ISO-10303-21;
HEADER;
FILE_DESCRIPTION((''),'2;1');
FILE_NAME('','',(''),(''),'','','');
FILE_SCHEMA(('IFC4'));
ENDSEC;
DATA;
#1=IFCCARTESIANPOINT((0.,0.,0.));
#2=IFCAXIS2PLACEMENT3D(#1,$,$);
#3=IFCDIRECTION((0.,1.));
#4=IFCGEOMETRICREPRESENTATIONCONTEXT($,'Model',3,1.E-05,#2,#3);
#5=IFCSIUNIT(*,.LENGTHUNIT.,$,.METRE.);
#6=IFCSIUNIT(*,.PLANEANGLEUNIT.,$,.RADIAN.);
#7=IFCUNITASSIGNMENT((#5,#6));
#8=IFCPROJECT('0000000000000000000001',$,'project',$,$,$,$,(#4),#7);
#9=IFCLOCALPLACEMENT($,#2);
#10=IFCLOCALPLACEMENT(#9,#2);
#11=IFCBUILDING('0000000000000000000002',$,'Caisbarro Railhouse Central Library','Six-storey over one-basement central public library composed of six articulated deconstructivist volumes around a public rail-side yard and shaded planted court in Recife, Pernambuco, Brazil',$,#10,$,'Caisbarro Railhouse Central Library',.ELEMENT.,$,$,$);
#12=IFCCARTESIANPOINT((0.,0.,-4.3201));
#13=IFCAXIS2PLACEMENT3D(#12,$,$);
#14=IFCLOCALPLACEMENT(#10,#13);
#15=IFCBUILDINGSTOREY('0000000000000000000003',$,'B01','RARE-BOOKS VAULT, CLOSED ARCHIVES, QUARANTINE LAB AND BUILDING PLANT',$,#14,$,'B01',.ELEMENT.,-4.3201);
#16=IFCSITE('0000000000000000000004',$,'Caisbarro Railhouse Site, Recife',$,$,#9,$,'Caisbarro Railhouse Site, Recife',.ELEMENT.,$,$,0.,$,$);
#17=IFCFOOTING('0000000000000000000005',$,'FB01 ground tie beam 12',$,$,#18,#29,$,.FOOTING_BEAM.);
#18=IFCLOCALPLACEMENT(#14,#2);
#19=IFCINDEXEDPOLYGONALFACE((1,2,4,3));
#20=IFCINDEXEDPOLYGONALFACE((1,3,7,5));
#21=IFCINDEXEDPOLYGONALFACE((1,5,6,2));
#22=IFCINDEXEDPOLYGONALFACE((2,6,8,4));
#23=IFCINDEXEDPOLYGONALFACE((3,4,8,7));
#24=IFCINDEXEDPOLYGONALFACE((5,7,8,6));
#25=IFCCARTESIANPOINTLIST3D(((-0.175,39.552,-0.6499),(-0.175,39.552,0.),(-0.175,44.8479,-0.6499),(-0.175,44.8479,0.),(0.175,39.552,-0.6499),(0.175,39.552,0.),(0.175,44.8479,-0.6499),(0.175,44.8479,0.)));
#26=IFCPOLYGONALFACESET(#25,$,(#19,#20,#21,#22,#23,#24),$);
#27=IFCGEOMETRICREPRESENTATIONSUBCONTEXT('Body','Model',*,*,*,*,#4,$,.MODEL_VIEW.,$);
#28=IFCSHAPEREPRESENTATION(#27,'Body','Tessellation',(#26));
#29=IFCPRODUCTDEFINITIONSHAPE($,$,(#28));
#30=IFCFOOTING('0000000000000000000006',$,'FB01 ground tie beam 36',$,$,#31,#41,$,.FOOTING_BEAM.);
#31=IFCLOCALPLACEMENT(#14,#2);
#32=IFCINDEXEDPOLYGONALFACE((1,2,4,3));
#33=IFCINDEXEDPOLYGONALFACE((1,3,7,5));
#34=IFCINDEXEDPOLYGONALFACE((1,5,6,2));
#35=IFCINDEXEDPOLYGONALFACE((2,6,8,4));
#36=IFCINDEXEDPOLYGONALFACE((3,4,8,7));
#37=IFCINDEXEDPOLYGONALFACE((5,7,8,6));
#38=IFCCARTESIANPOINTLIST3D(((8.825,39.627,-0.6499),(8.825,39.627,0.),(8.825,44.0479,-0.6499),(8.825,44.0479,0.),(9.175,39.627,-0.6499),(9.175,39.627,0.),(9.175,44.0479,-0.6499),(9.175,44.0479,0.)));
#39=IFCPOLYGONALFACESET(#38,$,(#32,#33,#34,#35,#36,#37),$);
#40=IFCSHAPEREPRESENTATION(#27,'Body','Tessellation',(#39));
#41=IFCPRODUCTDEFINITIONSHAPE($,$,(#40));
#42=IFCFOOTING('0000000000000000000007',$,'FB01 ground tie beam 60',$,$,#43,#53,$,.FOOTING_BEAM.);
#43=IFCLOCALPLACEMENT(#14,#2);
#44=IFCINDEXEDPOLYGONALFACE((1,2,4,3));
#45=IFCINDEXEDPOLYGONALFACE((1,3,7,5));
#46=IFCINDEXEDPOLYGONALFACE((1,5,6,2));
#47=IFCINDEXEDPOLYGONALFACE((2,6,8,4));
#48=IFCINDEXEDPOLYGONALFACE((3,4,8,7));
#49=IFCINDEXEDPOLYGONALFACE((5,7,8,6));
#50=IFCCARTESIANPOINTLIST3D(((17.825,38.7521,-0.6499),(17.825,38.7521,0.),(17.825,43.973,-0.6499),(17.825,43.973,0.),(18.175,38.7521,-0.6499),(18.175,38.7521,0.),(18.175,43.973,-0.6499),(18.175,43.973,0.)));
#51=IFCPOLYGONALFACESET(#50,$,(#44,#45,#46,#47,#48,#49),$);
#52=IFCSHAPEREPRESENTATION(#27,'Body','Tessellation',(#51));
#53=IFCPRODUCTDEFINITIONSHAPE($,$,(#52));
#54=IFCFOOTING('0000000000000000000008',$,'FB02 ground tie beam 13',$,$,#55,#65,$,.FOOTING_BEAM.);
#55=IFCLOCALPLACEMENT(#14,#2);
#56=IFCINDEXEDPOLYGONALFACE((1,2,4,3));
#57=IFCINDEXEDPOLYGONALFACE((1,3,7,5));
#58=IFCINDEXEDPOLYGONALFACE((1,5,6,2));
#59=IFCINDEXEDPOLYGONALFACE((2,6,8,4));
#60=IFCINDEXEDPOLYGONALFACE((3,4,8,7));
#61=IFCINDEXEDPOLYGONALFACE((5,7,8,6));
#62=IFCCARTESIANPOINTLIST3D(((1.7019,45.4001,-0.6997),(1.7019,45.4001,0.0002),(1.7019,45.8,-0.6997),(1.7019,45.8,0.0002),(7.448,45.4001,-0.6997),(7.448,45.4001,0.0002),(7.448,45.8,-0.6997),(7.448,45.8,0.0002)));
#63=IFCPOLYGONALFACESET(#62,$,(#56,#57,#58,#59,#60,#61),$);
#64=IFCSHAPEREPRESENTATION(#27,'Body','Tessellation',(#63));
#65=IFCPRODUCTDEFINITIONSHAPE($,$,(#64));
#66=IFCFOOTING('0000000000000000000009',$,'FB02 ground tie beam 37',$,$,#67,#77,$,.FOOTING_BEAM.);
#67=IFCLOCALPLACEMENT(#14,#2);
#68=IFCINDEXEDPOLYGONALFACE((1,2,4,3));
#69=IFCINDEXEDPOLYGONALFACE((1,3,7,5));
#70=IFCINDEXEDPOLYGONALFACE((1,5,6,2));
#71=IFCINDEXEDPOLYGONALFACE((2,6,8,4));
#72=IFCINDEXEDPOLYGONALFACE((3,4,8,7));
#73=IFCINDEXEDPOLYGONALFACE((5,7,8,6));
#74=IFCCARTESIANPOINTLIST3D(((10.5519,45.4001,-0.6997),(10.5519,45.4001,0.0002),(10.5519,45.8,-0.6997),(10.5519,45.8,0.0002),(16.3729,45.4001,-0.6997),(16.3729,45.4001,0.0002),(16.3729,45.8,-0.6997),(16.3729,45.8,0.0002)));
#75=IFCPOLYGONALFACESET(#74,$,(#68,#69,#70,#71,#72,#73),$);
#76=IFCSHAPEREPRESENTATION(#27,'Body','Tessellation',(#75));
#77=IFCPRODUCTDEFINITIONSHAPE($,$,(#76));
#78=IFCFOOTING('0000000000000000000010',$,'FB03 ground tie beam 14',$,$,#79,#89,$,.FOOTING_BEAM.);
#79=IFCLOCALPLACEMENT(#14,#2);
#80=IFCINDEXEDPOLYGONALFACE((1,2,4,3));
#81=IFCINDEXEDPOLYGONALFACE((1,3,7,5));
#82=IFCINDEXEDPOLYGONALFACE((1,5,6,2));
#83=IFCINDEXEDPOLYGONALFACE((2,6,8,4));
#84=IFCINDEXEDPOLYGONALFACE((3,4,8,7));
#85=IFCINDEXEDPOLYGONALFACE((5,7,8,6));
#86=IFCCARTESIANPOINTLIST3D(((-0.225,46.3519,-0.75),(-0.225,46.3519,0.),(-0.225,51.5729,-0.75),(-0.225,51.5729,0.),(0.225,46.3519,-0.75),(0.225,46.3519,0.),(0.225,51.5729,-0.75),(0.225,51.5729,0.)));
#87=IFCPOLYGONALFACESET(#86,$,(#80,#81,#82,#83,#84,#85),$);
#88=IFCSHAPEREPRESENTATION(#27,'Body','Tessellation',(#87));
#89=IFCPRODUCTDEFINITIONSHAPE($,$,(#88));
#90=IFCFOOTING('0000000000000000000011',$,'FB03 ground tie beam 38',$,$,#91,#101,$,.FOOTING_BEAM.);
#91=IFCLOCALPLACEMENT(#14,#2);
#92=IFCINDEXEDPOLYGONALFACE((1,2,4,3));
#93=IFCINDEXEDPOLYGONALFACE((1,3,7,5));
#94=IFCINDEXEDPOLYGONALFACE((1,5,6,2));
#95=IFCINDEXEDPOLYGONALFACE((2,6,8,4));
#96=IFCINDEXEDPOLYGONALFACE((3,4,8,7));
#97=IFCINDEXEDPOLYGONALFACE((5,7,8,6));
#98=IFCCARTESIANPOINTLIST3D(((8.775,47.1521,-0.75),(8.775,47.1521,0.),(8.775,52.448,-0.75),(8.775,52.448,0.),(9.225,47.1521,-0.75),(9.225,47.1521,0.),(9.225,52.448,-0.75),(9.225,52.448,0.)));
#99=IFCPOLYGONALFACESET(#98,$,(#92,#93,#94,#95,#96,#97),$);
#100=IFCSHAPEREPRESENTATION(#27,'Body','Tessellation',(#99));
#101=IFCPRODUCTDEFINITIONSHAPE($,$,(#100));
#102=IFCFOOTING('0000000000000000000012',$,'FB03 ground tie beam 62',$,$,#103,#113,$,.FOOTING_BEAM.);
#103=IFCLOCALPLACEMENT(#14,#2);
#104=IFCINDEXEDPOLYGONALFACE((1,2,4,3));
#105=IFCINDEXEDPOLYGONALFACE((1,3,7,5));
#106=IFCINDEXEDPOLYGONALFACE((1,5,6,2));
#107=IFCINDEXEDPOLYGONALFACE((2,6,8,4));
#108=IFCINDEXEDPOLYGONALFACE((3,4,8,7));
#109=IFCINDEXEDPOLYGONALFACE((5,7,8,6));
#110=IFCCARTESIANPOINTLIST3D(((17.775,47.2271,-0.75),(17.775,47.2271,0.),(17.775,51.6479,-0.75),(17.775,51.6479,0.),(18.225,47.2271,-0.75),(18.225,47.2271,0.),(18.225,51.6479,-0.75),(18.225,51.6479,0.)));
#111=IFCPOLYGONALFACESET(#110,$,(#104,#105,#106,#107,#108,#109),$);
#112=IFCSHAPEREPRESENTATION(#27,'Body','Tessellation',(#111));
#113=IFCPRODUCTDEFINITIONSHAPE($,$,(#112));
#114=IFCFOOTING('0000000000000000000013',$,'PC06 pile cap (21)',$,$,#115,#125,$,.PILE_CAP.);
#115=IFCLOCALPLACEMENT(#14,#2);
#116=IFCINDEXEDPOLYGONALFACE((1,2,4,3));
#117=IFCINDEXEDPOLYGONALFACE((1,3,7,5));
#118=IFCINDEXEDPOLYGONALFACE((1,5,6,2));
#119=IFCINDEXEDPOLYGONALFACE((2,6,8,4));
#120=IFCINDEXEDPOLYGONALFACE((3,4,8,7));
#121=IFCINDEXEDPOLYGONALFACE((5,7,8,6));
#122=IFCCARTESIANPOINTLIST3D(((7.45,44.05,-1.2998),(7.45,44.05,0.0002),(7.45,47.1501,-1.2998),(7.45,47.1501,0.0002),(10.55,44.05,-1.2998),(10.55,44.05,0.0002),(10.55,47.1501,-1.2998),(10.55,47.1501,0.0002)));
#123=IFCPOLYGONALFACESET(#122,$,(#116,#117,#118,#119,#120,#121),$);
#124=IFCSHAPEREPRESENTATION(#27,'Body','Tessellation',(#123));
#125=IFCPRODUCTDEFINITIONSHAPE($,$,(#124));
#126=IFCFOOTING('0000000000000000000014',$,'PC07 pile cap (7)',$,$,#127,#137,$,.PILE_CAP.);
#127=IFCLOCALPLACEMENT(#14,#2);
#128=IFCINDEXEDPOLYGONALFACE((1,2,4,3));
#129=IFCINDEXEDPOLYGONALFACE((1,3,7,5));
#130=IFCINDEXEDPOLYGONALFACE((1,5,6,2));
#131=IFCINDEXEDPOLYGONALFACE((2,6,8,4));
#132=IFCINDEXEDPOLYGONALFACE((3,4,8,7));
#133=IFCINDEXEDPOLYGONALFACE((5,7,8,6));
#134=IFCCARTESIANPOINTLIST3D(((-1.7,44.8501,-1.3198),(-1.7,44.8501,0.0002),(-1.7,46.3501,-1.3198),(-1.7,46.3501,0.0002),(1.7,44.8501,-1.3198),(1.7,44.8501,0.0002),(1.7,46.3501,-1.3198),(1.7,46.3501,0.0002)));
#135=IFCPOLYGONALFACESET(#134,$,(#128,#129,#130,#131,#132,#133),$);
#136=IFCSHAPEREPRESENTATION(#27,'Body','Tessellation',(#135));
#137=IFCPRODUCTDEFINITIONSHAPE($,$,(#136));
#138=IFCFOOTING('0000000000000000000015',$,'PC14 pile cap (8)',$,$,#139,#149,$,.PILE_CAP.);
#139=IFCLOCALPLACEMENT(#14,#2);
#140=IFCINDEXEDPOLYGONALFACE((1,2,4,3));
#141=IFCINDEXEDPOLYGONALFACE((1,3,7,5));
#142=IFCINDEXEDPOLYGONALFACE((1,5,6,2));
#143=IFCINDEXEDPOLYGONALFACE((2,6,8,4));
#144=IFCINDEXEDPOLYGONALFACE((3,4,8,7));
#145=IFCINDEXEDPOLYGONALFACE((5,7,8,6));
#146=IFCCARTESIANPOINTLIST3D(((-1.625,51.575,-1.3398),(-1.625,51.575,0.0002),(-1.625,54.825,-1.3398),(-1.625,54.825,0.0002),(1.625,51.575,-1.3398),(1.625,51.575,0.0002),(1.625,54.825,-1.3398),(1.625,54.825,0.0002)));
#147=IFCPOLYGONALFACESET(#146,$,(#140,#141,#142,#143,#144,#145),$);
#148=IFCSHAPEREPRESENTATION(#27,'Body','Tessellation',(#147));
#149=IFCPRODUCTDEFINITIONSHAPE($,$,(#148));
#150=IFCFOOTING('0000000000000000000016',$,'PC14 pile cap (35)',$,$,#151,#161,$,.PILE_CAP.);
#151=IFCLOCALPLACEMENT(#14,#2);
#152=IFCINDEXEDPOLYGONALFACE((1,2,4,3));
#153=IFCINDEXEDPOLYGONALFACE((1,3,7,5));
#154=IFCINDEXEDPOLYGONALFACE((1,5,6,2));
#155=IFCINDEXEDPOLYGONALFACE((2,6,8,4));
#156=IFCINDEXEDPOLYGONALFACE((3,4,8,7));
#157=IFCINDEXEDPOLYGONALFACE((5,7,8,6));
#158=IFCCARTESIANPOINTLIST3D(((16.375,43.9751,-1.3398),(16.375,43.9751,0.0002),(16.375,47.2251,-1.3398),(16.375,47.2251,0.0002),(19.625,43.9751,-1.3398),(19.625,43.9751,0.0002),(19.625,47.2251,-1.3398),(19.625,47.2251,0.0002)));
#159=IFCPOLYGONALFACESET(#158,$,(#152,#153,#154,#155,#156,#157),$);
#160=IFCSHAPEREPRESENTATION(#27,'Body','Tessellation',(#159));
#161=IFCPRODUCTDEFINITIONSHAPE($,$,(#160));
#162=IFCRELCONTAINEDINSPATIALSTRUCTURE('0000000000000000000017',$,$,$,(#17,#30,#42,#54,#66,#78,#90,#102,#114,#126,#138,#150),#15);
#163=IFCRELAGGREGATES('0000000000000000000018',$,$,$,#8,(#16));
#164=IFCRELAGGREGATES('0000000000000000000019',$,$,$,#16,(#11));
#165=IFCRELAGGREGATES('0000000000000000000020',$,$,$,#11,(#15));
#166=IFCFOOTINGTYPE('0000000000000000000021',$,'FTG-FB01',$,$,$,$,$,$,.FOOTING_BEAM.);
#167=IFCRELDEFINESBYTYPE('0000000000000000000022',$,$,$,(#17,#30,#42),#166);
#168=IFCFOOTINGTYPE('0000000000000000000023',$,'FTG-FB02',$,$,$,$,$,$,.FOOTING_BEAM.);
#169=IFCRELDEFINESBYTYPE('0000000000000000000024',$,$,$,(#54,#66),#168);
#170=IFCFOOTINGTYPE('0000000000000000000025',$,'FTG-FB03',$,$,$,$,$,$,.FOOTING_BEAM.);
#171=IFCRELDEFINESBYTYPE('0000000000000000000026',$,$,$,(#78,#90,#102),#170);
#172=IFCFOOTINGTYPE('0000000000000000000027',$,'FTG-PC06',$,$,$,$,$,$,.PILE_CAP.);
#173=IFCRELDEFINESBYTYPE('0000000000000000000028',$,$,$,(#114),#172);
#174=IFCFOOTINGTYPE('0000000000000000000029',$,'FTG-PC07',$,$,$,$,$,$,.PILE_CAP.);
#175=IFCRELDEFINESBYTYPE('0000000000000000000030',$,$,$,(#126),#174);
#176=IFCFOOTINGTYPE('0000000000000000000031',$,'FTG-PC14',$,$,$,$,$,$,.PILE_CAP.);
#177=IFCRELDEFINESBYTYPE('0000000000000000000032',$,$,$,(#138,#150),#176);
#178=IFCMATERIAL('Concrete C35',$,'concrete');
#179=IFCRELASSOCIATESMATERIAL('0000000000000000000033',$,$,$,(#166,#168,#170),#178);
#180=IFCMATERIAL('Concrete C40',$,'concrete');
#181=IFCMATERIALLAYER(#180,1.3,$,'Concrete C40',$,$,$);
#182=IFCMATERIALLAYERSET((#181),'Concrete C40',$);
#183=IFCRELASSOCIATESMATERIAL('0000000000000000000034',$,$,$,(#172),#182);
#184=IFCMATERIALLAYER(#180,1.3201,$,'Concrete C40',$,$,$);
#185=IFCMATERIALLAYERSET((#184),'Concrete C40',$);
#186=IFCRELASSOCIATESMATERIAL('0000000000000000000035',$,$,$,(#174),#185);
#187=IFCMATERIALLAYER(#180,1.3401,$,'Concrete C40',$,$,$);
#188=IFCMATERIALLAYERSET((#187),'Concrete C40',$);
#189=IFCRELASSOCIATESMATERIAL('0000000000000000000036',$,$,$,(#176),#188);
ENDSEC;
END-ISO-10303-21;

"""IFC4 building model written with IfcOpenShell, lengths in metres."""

from ifc_helpers import new_model, si_unit, direction, frame, origin, origin_2d, place, context, subcontext, project, spatial, rectangle, extrude, material, layer, layer_set, type_object, element, save


model = new_model("IFC4")

# Units and contexts
model_context = context("Model", 3, precision=1e-05, world=origin(), true_north=direction((0.0, 1.0)))
body_context = subcontext(model_context, "Body", "Model", "MODEL_VIEW")
ifc_project = project(units=[si_unit("LENGTHUNIT", "METRE"), si_unit("PLANEANGLEUNIT", "RADIAN")], contexts=[model_context])

# Site, building, storey
site_placement = place(None, origin())
site = spatial("IfcSite", under=ifc_project, at=site_placement, Name="Caisbarro Railhouse Site, Recife", LongName="Caisbarro Railhouse Site, Recife", CompositionType="ELEMENT", RefElevation=0.0)
building_placement = place(site_placement, origin())
building = spatial("IfcBuilding", under=site, at=building_placement, Name="Caisbarro Railhouse Central Library", Description="Six-storey over one-basement central public library composed of six articulated deconstructivist volumes around a public rail-side yard and shaded planted court in Recife, Pernambuco, Brazil", LongName="Caisbarro Railhouse Central Library", CompositionType="ELEMENT")
storey_placement = place(building_placement, frame((0.0, 0.0, -4.3201)))
storey = spatial("IfcBuildingStorey", under=building, at=storey_placement, Name="B01", Description="RARE-BOOKS VAULT, CLOSED ARCHIVES, QUARANTINE LAB AND BUILDING PLANT", LongName="B01", CompositionType="ELEMENT", Elevation=-4.3201)

# Footings
ifc_material_1 = material(Name="Concrete C35", Category="concrete")
footing_type_1 = type_object("IfcFootingType", Name="FTG-FB01", PredefinedType="FOOTING_BEAM", material=ifc_material_1)
footing_1_placement = place(storey_placement, frame((0.0, 42.2, -0.6499), z_axis=(0.0, 0.0, 1.0), x_axis=(0.0, 1.0, 0.0)))
element("IfcFooting", 1, at=footing_1_placement, inside=storey, type_object=footing_type_1, Name="FB01 ground tie beam 12", PredefinedType="FOOTING_BEAM", context=body_context, shape_type="SweptSolid", body=[
    extrude(rectangle(XDim=5.2959, YDim=0.3501, at=origin_2d()), origin(), (0.0, 0.0, 1.0), 0.6499),
])
footing_2_placement = place(storey_placement, frame((9.0, 41.8374, -0.6499), z_axis=(0.0, 0.0, 1.0), x_axis=(0.0, 1.0, 0.0)))
element("IfcFooting", 2, at=footing_2_placement, inside=storey, type_object=footing_type_1, Name="FB01 ground tie beam 36", PredefinedType="FOOTING_BEAM", context=body_context, shape_type="SweptSolid", body=[
    extrude(rectangle(XDim=4.4209, YDim=0.3501, at=origin_2d()), origin(), (0.0, 0.0, 1.0), 0.6499),
])
footing_3_placement = place(storey_placement, frame((18.0, 41.3625, -0.6499), z_axis=(0.0, 0.0, 1.0), x_axis=(0.0, 1.0, 0.0)))
element("IfcFooting", 3, at=footing_3_placement, inside=storey, type_object=footing_type_1, Name="FB01 ground tie beam 60", PredefinedType="FOOTING_BEAM", context=body_context, shape_type="SweptSolid", body=[
    extrude(rectangle(XDim=5.2209, YDim=0.3501, at=origin_2d()), origin(), (0.0, 0.0, 1.0), 0.6499),
])
footing_type_2 = type_object("IfcFootingType", Name="FTG-FB02", PredefinedType="FOOTING_BEAM", material=ifc_material_1)
footing_4_placement = place(storey_placement, frame((4.575, 45.6001, -0.6997), z_axis=(0.0, 0.0, 1.0), x_axis=(1.0, 0.0, 0.0)))
element("IfcFooting", 4, at=footing_4_placement, inside=storey, type_object=footing_type_2, Name="FB02 ground tie beam 13", PredefinedType="FOOTING_BEAM", context=body_context, shape_type="SweptSolid", body=[
    extrude(rectangle(XDim=5.7461, YDim=0.3999, at=origin_2d()), origin(), (0.0, 0.0, 1.0), 0.7),
])
footing_5_placement = place(storey_placement, frame((13.4624, 45.6001, -0.6997), z_axis=(0.0, 0.0, 1.0), x_axis=(1.0, 0.0, 0.0)))
element("IfcFooting", 5, at=footing_5_placement, inside=storey, type_object=footing_type_2, Name="FB02 ground tie beam 37", PredefinedType="FOOTING_BEAM", context=body_context, shape_type="SweptSolid", body=[
    extrude(rectangle(XDim=5.821, YDim=0.3999, at=origin_2d()), origin(), (0.0, 0.0, 1.0), 0.7),
])
footing_type_3 = type_object("IfcFootingType", Name="FTG-FB03", PredefinedType="FOOTING_BEAM", material=ifc_material_1)
footing_6_placement = place(storey_placement, frame((0.0, 48.9624, -0.75), z_axis=(0.0, 0.0, 1.0), x_axis=(0.0, 1.0, 0.0)))
element("IfcFooting", 6, at=footing_6_placement, inside=storey, type_object=footing_type_3, Name="FB03 ground tie beam 14", PredefinedType="FOOTING_BEAM", context=body_context, shape_type="SweptSolid", body=[
    extrude(rectangle(XDim=5.2209, YDim=0.45, at=origin_2d()), origin(), (0.0, 0.0, 1.0), 0.75),
])
footing_7_placement = place(storey_placement, frame((9.0, 49.8, -0.75), z_axis=(0.0, 0.0, 1.0), x_axis=(0.0, 1.0, 0.0)))
element("IfcFooting", 7, at=footing_7_placement, inside=storey, type_object=footing_type_3, Name="FB03 ground tie beam 38", PredefinedType="FOOTING_BEAM", context=body_context, shape_type="SweptSolid", body=[
    extrude(rectangle(XDim=5.2959, YDim=0.45, at=origin_2d()), origin(), (0.0, 0.0, 1.0), 0.75),
])
footing_8_placement = place(storey_placement, frame((18.0, 49.4375, -0.75), z_axis=(0.0, 0.0, 1.0), x_axis=(0.0, 1.0, 0.0)))
element("IfcFooting", 8, at=footing_8_placement, inside=storey, type_object=footing_type_3, Name="FB03 ground tie beam 62", PredefinedType="FOOTING_BEAM", context=body_context, shape_type="SweptSolid", body=[
    extrude(rectangle(XDim=4.4209, YDim=0.45, at=origin_2d()), origin(), (0.0, 0.0, 1.0), 0.75),
])
ifc_material_2 = material(Name="Concrete C40", Category="concrete")
ifc_layer_1 = layer(ifc_material_2, 1.3, Name="Concrete C40")
ifc_layer_set_1 = layer_set([ifc_layer_1], Name="Concrete C40")
footing_type_4 = type_object("IfcFootingType", Name="FTG-PC06", PredefinedType="PILE_CAP", material=ifc_layer_set_1)
footing_9_placement = place(storey_placement, frame((9.0, 45.6001, -1.2998), z_axis=(0.0, 0.0, 1.0), x_axis=(1.0, 0.0, 0.0)))
element("IfcFooting", 9, at=footing_9_placement, inside=storey, type_object=footing_type_4, Name="PC06 pile cap (21)", PredefinedType="PILE_CAP", context=body_context, shape_type="SweptSolid", body=[
    extrude(rectangle(XDim=3.1001, YDim=3.1001, at=origin_2d()), origin(), (0.0, 0.0, 1.0), 1.3),
])
ifc_layer_2 = layer(ifc_material_2, 1.3201, Name="Concrete C40")
ifc_layer_set_2 = layer_set([ifc_layer_2], Name="Concrete C40")
footing_type_5 = type_object("IfcFootingType", Name="FTG-PC07", PredefinedType="PILE_CAP", material=ifc_layer_set_2)
footing_10_placement = place(storey_placement, frame((0.0, 45.6001, -1.3198), z_axis=(0.0, 0.0, 1.0), x_axis=(1.0, 0.0, 0.0)))
element("IfcFooting", 10, at=footing_10_placement, inside=storey, type_object=footing_type_5, Name="PC07 pile cap (7)", PredefinedType="PILE_CAP", context=body_context, shape_type="SweptSolid", body=[
    extrude(rectangle(XDim=3.3999, YDim=1.5, at=origin_2d()), origin(), (0.0, 0.0, 1.0), 1.3201),
])
ifc_layer_3 = layer(ifc_material_2, 1.3401, Name="Concrete C40")
ifc_layer_set_3 = layer_set([ifc_layer_3], Name="Concrete C40")
footing_type_6 = type_object("IfcFootingType", Name="FTG-PC14", PredefinedType="PILE_CAP", material=ifc_layer_set_3)
for number, where, z_axis, x_axis, name in (
    (11, (0.0, 53.2, -1.3398), (0.0, 0.0, 1.0), (1.0, 0.0, 0.0), "PC14 pile cap (8)"),
    (12, (18.0, 45.6001, -1.3398), (0.0, 0.0, 1.0), (1.0, 0.0, 0.0), "PC14 pile cap (35)"),
):
    element("IfcFooting", number, at=place(storey_placement, frame(where, z_axis=z_axis, x_axis=x_axis)), inside=storey, type_object=footing_type_6, Name=name, PredefinedType="PILE_CAP", context=body_context, shape_type="SweptSolid", body=[
        extrude(rectangle(XDim=3.25, YDim=3.25, at=origin_2d()), origin(), (0.0, 0.0, 1.0), 1.3401),
    ])

save(model, "model.ifc")
